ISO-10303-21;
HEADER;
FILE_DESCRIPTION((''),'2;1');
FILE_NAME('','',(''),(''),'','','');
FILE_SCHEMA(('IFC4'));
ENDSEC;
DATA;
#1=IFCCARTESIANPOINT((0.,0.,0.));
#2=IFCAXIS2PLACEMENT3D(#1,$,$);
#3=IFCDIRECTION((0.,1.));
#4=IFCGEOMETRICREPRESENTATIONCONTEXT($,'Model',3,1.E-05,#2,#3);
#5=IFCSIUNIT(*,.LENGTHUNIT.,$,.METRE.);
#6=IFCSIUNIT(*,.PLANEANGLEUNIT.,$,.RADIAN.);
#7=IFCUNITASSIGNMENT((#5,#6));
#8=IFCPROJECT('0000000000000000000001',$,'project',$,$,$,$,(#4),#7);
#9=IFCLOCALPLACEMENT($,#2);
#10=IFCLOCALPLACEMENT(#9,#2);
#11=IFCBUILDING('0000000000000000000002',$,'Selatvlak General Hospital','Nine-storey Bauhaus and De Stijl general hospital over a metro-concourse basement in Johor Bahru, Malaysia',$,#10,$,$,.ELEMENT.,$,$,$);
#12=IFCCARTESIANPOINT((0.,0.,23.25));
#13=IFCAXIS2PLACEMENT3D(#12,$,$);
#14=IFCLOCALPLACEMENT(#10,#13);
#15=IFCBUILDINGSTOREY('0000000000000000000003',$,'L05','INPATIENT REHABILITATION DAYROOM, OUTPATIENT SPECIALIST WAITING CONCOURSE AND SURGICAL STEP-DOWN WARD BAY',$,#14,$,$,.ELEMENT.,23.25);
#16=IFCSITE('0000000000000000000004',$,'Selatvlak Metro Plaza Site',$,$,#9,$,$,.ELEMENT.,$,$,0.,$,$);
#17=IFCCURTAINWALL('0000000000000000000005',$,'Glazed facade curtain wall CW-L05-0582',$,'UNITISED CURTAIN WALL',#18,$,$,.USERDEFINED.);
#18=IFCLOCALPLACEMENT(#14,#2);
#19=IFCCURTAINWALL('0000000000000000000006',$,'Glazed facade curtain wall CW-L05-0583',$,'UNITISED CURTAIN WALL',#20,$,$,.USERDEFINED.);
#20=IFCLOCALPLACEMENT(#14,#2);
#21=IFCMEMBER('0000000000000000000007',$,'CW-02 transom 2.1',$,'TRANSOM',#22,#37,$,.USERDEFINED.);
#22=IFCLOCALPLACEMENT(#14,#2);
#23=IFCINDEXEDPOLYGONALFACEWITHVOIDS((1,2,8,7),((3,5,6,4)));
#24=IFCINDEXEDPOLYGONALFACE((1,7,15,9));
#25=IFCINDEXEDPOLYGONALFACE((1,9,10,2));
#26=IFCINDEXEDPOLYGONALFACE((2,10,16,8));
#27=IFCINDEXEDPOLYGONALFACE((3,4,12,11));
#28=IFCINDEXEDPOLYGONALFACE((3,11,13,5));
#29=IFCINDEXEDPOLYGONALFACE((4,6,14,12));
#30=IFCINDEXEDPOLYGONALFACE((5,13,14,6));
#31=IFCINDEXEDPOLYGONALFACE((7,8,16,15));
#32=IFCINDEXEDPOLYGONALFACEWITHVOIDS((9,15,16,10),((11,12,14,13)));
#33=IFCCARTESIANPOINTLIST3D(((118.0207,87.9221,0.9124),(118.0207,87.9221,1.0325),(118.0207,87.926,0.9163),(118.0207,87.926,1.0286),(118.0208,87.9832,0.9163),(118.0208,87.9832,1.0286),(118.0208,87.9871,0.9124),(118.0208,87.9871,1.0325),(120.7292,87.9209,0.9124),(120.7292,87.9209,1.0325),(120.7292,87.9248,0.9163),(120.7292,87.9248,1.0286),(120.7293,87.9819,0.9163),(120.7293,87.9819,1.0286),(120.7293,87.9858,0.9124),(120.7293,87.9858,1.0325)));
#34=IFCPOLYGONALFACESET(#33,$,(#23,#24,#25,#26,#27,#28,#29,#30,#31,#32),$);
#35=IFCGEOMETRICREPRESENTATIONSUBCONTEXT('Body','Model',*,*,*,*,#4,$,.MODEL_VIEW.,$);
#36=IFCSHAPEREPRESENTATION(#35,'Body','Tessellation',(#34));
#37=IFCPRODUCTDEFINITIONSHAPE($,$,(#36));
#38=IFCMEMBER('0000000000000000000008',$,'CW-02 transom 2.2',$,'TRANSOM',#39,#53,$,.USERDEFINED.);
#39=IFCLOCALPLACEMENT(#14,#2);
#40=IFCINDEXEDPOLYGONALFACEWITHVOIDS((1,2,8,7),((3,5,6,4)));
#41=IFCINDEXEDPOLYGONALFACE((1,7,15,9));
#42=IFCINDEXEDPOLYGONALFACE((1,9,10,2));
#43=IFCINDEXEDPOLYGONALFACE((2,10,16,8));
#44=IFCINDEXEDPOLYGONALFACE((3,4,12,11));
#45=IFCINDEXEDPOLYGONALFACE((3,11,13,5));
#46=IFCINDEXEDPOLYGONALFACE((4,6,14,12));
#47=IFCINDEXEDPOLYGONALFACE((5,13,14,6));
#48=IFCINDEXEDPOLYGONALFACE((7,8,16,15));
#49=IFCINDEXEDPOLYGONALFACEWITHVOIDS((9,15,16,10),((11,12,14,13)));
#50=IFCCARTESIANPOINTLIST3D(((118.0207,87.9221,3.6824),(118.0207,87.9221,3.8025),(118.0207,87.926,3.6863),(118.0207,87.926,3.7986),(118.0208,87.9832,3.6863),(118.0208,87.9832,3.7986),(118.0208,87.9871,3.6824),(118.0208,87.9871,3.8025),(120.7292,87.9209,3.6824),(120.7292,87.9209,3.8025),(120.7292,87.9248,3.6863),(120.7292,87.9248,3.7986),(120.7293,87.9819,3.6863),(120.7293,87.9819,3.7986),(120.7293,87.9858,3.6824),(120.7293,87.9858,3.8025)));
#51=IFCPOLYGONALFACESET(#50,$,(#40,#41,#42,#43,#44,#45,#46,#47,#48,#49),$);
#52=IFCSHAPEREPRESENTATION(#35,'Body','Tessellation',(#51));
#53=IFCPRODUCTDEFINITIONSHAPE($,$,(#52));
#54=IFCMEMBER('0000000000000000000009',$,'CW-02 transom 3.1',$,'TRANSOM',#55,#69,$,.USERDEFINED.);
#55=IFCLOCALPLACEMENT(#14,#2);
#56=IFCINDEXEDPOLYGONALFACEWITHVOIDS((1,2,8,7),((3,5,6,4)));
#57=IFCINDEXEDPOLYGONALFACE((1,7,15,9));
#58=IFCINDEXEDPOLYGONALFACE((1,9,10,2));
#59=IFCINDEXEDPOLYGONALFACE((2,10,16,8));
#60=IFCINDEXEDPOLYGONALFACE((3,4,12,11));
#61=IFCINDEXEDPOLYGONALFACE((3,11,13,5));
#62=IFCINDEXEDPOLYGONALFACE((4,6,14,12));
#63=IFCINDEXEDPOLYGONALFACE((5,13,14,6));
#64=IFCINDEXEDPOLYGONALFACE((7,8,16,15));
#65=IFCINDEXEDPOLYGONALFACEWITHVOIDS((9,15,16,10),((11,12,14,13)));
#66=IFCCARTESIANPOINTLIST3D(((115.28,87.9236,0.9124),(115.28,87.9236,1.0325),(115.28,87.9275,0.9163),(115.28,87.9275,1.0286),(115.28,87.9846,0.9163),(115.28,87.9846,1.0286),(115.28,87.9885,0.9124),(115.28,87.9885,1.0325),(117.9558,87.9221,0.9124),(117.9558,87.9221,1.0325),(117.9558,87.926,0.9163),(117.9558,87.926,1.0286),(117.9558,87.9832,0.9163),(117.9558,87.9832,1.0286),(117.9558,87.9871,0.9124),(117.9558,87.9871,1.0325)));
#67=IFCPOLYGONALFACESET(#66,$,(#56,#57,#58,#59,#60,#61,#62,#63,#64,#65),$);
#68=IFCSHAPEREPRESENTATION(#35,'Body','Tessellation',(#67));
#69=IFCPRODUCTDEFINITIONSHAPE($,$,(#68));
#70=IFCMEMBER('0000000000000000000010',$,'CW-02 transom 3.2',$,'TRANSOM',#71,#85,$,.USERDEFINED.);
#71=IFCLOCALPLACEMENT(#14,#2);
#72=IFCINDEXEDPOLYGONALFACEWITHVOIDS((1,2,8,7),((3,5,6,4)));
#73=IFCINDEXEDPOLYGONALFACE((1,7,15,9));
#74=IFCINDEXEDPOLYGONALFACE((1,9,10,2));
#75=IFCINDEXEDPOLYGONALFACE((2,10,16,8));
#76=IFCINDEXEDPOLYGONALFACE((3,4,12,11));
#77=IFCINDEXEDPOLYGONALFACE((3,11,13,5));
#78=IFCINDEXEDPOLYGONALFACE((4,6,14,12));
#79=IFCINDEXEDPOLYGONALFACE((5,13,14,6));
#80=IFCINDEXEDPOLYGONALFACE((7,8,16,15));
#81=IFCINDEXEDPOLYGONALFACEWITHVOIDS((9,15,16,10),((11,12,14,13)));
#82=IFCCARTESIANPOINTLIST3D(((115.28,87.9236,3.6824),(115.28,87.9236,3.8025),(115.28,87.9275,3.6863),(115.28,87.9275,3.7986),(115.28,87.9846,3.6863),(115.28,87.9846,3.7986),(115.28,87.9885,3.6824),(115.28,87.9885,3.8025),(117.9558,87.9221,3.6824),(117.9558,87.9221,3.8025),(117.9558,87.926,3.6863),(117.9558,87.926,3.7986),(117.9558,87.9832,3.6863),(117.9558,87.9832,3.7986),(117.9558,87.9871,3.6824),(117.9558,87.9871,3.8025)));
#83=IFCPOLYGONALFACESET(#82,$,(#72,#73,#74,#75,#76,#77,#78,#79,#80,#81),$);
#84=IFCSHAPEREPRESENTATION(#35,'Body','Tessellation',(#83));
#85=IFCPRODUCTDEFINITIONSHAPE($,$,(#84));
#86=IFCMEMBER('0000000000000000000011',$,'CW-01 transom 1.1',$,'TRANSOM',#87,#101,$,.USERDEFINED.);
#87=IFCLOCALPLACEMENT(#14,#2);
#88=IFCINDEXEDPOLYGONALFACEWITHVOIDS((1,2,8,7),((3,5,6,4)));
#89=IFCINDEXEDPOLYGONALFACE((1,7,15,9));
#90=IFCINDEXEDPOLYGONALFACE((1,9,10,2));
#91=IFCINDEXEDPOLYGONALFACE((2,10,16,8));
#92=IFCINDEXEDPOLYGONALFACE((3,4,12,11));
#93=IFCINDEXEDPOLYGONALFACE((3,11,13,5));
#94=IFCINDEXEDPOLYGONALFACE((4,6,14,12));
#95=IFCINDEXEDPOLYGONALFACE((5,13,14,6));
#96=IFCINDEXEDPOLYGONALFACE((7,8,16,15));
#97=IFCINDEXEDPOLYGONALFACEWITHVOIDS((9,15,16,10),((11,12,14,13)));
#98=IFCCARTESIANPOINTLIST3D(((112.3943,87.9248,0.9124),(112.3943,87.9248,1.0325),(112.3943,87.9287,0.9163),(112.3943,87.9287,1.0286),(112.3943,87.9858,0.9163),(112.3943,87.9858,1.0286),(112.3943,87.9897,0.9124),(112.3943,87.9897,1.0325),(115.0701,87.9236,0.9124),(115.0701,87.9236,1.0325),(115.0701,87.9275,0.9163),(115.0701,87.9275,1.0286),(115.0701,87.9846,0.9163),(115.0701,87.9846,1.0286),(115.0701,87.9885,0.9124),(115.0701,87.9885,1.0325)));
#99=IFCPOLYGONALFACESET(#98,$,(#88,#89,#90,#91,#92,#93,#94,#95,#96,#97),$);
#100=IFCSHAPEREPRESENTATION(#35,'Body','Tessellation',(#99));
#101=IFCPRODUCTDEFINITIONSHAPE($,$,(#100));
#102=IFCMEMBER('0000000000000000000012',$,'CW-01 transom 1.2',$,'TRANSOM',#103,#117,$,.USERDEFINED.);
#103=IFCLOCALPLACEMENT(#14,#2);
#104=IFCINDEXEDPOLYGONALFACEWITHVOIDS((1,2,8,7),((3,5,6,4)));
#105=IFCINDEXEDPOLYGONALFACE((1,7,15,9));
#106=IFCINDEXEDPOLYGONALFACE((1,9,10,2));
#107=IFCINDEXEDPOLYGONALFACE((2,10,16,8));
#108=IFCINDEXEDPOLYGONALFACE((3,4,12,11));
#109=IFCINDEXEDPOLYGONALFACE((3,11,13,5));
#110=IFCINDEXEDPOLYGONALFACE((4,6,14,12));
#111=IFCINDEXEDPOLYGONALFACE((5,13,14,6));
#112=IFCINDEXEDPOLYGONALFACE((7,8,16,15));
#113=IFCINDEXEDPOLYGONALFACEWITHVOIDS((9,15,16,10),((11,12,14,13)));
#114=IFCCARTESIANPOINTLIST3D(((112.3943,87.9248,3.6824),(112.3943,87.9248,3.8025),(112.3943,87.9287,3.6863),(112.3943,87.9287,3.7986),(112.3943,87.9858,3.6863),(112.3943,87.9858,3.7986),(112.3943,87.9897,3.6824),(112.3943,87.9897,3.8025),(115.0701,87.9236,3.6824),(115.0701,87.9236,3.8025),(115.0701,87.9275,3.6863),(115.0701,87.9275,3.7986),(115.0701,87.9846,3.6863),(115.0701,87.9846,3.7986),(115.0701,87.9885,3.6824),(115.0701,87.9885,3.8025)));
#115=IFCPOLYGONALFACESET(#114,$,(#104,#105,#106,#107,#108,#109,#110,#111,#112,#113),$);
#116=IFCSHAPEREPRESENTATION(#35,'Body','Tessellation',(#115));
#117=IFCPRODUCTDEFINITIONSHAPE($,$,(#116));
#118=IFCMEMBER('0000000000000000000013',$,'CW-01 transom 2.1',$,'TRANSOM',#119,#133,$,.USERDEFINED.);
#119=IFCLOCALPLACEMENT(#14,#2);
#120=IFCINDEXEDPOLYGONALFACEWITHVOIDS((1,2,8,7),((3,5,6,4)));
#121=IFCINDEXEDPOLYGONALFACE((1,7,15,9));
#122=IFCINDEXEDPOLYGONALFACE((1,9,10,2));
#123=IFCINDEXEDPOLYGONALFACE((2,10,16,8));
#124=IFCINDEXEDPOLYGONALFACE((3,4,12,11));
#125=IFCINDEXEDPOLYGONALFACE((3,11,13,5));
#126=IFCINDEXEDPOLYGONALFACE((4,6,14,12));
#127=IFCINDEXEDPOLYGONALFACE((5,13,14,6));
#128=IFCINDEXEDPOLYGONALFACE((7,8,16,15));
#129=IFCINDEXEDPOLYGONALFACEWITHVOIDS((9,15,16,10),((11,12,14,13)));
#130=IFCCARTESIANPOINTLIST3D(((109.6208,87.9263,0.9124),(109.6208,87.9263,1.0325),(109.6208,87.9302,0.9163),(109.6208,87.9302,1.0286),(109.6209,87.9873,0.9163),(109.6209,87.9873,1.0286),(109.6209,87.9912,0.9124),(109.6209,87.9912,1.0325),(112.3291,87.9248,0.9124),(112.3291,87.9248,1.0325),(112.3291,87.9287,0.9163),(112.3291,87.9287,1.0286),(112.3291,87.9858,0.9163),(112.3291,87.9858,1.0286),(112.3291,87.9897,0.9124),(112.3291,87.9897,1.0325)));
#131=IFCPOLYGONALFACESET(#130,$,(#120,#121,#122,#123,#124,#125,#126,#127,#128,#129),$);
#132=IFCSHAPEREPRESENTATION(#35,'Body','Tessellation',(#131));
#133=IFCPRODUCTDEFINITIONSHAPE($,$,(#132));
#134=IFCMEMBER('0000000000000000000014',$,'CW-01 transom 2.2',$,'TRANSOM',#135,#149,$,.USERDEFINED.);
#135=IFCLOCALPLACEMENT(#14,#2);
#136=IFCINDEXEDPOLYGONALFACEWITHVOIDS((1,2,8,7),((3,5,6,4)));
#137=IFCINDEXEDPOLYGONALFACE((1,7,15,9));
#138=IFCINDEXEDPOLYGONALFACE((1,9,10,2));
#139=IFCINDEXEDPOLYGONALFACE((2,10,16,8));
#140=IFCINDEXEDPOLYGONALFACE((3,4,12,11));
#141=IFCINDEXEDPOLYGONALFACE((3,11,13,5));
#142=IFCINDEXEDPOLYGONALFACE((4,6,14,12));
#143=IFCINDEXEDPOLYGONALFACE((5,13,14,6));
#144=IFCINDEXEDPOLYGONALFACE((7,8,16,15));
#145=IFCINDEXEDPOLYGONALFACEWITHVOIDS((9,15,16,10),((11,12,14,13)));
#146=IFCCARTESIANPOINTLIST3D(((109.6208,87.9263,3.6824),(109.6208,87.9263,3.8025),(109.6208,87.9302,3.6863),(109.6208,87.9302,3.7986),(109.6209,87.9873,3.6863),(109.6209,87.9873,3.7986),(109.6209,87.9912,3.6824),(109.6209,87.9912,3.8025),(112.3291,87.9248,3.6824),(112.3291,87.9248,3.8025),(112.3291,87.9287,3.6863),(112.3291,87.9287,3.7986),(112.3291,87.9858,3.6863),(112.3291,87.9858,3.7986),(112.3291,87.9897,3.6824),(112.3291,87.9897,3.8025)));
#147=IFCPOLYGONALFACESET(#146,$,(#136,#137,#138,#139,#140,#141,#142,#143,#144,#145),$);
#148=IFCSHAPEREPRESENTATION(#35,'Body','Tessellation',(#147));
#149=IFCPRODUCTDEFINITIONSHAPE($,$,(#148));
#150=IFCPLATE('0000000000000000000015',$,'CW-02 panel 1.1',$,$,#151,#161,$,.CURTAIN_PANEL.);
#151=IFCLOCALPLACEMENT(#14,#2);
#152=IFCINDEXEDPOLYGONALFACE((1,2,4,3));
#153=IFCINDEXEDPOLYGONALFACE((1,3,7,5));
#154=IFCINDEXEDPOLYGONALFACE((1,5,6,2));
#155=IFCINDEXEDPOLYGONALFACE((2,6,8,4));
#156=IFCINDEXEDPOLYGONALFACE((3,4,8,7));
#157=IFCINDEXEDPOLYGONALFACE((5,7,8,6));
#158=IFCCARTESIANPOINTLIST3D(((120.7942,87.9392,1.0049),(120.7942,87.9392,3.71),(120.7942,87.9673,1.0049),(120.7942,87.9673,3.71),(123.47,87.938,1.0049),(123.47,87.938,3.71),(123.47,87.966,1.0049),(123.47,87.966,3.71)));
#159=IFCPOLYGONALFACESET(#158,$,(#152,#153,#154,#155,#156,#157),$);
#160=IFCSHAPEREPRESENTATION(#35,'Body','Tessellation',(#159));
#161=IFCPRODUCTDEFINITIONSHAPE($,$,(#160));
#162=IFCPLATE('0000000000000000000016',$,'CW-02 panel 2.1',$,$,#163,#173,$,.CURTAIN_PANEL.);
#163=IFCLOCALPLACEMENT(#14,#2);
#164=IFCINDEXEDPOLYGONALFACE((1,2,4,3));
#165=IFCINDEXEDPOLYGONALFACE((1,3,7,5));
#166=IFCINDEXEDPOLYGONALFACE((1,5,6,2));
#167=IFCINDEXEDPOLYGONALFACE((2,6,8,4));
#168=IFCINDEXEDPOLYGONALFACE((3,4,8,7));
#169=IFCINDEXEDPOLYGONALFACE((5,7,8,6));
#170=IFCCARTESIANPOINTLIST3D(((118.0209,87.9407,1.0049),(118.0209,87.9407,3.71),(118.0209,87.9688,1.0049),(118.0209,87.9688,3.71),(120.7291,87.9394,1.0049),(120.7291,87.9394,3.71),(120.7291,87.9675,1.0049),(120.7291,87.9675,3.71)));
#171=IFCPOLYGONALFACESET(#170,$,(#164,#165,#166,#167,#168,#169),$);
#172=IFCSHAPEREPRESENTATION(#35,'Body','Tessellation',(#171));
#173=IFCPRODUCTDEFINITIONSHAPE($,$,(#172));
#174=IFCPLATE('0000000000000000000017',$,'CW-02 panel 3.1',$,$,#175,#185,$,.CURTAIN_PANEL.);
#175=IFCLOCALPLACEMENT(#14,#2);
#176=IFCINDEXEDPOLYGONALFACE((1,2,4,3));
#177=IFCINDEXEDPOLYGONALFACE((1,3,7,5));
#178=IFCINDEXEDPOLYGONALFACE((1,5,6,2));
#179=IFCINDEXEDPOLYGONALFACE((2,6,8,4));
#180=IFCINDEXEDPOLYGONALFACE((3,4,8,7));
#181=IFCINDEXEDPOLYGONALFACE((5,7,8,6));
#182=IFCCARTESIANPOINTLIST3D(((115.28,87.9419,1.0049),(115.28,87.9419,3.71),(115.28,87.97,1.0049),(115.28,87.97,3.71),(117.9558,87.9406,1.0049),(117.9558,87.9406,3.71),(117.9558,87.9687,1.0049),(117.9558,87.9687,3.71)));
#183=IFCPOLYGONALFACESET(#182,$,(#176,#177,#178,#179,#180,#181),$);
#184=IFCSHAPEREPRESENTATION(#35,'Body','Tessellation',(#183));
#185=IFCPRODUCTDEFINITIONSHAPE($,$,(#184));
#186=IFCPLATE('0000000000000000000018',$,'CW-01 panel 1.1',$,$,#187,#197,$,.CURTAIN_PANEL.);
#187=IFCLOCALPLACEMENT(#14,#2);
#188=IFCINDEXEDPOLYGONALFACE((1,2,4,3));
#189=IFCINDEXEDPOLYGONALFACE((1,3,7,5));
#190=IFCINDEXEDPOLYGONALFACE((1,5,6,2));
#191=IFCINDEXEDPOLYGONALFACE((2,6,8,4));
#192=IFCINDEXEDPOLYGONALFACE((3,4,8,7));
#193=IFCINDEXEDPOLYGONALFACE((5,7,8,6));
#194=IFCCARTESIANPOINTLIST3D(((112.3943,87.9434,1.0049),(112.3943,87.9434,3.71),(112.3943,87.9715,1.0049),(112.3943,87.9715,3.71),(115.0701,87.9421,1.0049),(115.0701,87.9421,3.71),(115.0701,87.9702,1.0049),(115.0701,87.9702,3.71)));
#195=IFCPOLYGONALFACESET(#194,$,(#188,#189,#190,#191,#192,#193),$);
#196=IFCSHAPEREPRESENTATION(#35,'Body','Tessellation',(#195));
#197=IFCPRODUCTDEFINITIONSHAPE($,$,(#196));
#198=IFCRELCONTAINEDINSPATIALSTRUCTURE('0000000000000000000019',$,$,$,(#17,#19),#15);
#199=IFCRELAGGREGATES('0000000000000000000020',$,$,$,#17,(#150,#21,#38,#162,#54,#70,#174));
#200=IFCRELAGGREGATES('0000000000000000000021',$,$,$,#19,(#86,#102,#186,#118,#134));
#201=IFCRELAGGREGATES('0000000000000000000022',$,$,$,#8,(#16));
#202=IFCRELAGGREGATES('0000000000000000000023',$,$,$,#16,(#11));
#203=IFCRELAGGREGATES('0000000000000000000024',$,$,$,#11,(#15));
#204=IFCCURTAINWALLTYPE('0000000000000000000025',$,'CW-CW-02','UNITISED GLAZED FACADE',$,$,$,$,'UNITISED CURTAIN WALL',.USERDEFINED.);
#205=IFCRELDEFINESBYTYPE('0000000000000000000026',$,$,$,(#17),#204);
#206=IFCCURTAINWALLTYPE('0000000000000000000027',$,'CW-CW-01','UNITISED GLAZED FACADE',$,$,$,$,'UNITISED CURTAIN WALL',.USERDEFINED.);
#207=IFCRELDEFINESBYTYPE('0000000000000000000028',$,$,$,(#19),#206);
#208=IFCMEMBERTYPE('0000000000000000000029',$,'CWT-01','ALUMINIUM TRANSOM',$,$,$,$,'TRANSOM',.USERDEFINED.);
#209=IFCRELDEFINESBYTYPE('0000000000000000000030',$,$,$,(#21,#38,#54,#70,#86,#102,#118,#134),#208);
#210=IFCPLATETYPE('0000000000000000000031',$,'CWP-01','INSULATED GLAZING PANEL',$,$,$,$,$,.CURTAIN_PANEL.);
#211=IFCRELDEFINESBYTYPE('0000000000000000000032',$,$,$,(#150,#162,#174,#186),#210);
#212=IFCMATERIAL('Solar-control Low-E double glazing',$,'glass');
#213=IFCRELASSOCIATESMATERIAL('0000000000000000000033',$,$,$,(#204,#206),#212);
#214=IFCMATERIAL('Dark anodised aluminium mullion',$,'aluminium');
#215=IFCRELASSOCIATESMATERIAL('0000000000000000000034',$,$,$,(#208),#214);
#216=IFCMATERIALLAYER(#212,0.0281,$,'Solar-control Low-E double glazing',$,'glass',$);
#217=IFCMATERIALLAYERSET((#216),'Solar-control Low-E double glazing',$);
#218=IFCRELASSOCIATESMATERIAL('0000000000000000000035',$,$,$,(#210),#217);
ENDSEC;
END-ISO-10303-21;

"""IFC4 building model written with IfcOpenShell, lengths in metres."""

from ifc_helpers import new_model, si_unit, direction, frame, origin, origin_2d, place, context, subcontext, project, spatial, rectangle, hollow_rectangle, extrude, material, layer, layer_set, material_profile, profile_set, type_object, element, aggregate, save


model = new_model("IFC4")

# Units and contexts
model_context = context("Model", 3, precision=1e-05, world=origin(), true_north=direction((0.0, 1.0)))
body_context = subcontext(model_context, "Body", "Model", "MODEL_VIEW")
ifc_project = project(units=[si_unit("LENGTHUNIT", "METRE"), si_unit("PLANEANGLEUNIT", "RADIAN")], contexts=[model_context])

# Site, building, storey
site_placement = place(None, origin())
site = spatial("IfcSite", under=ifc_project, at=site_placement, Name="Selatvlak Metro Plaza Site", CompositionType="ELEMENT", RefElevation=0.0)
building_placement = place(site_placement, origin())
building = spatial("IfcBuilding", under=site, at=building_placement, Name="Selatvlak General Hospital", Description="Nine-storey Bauhaus and De Stijl general hospital over a metro-concourse basement in Johor Bahru, Malaysia", CompositionType="ELEMENT")
storey_placement = place(building_placement, frame((0.0, 0.0, 23.25)))
storey = spatial("IfcBuildingStorey", under=building, at=storey_placement, Name="L05", Description="INPATIENT REHABILITATION DAYROOM, OUTPATIENT SPECIALIST WAITING CONCOURSE AND SURGICAL STEP-DOWN WARD BAY", CompositionType="ELEMENT", Elevation=23.25)

# Curtain walls
ifc_material_1 = material(Name="Solar-control Low-E double glazing", Category="glass")
curtain_wall_type_1 = type_object("IfcCurtainWallType", Name="CW-CW-02", Description="UNITISED GLAZED FACADE", ElementType="UNITISED CURTAIN WALL", PredefinedType="USERDEFINED", material=ifc_material_1)
curtain_wall_1_placement = place(storey_placement, origin())
curtain_wall_1 = element("IfcCurtainWall", 1, at=curtain_wall_1_placement, inside=storey, type_object=curtain_wall_type_1, Name="Glazed facade curtain wall CW-L05-0582", ObjectType="UNITISED CURTAIN WALL", PredefinedType="USERDEFINED")
ifc_material_2 = material(Name="Dark anodised aluminium mullion", Category="aluminium")
curtain_wall_type_2 = type_object("IfcCurtainWallType", Name="CW-CW-01", Description="UNITISED GLAZED FACADE", ElementType="UNITISED CURTAIN WALL", PredefinedType="USERDEFINED", material=ifc_material_1)
curtain_wall_2_placement = place(storey_placement, origin())
curtain_wall_2 = element("IfcCurtainWall", 2, at=curtain_wall_2_placement, inside=storey, type_object=curtain_wall_type_2, Name="Glazed facade curtain wall CW-L05-0583", ObjectType="UNITISED CURTAIN WALL", PredefinedType="USERDEFINED")

# Members
ifc_material_profile_1 = material_profile(ifc_material_2, hollow_rectangle(XDim=0.0649, YDim=0.1201, WallThickness=0.0039, at=origin_2d()), Name="AL-TRN 65x120x4")
ifc_profile_set_1 = profile_set([ifc_material_profile_1], Name="Dark anodised aluminium mullion")
member_type_1 = type_object("IfcMemberType", Name="CWT-01", Description="ALUMINIUM TRANSOM", ElementType="TRANSOM", PredefinedType="USERDEFINED", material=ifc_profile_set_1)
member_1_placement = place(storey_placement, frame((120.7292, 87.9534, 0.9724), z_axis=(-1.0, 0.000451, 0.0), x_axis=(-0.000451, -1.0, 0.0)))
member_1 = element("IfcMember", 3, at=member_1_placement, type_object=member_type_1, Name="CW-02 transom 2.1", ObjectType="TRANSOM", PredefinedType="USERDEFINED", context=body_context, shape_type="SweptSolid", body=[
    extrude(hollow_rectangle(XDim=0.0649, YDim=0.1201, WallThickness=0.0039, at=origin_2d()), origin(), (0.0, 0.0, 1.0), 2.7085),
])
member_2_placement = place(storey_placement, frame((120.7292, 87.9534, 3.7424), z_axis=(-1.0, 0.000451, 0.0), x_axis=(-0.000451, -1.0, 0.0)))
member_2 = element("IfcMember", 4, at=member_2_placement, type_object=member_type_1, Name="CW-02 transom 2.2", ObjectType="TRANSOM", PredefinedType="USERDEFINED", context=body_context, shape_type="SweptSolid", body=[
    extrude(hollow_rectangle(XDim=0.0649, YDim=0.1201, WallThickness=0.0039, at=origin_2d()), origin(), (0.0, 0.0, 1.0), 2.7085),
])
member_3_placement = place(storey_placement, frame((117.9558, 87.9546, 0.9724), z_axis=(-1.0, 0.000547, 0.0), x_axis=(-0.000547, -1.0, 0.0)))
member_3 = element("IfcMember", 5, at=member_3_placement, type_object=member_type_1, Name="CW-02 transom 3.1", ObjectType="TRANSOM", PredefinedType="USERDEFINED", context=body_context, shape_type="SweptSolid", body=[
    extrude(hollow_rectangle(XDim=0.0649, YDim=0.1201, WallThickness=0.0039, at=origin_2d()), origin(), (0.0, 0.0, 1.0), 2.6758),
])
member_4_placement = place(storey_placement, frame((117.9558, 87.9546, 3.7424), z_axis=(-1.0, 0.000547, 0.0), x_axis=(-0.000547, -1.0, 0.0)))
member_4 = element("IfcMember", 6, at=member_4_placement, type_object=member_type_1, Name="CW-02 transom 3.2", ObjectType="TRANSOM", PredefinedType="USERDEFINED", context=body_context, shape_type="SweptSolid", body=[
    extrude(hollow_rectangle(XDim=0.0649, YDim=0.1201, WallThickness=0.0039, at=origin_2d()), origin(), (0.0, 0.0, 1.0), 2.6758),
])
member_5_placement = place(storey_placement, frame((115.0701, 87.9561, 0.9724), z_axis=(-1.0, 0.000456, 0.0), x_axis=(-0.000456, -1.0, 0.0)))
member_5 = element("IfcMember", 7, at=member_5_placement, type_object=member_type_1, Name="CW-01 transom 1.1", ObjectType="TRANSOM", PredefinedType="USERDEFINED", context=body_context, shape_type="SweptSolid", body=[
    extrude(hollow_rectangle(XDim=0.0649, YDim=0.1201, WallThickness=0.0039, at=origin_2d()), origin(), (0.0, 0.0, 1.0), 2.6758),
])
member_6_placement = place(storey_placement, frame((115.0701, 87.9561, 3.7424), z_axis=(-1.0, 0.000456, 0.0), x_axis=(-0.000456, -1.0, 0.0)))
member_6 = element("IfcMember", 8, at=member_6_placement, type_object=member_type_1, Name="CW-01 transom 1.2", ObjectType="TRANSOM", PredefinedType="USERDEFINED", context=body_context, shape_type="SweptSolid", body=[
    extrude(hollow_rectangle(XDim=0.0649, YDim=0.1201, WallThickness=0.0039, at=origin_2d()), origin(), (0.0, 0.0, 1.0), 2.6758),
])
member_7_placement = place(storey_placement, frame((112.3291, 87.9573, 0.9724), z_axis=(-1.0, 0.000541, 0.0), x_axis=(-0.000541, -1.0, 0.0)))
member_7 = element("IfcMember", 9, at=member_7_placement, type_object=member_type_1, Name="CW-01 transom 2.1", ObjectType="TRANSOM", PredefinedType="USERDEFINED", context=body_context, shape_type="SweptSolid", body=[
    extrude(hollow_rectangle(XDim=0.0649, YDim=0.1201, WallThickness=0.0039, at=origin_2d()), origin(), (0.0, 0.0, 1.0), 2.7083),
])
member_8_placement = place(storey_placement, frame((112.3291, 87.9573, 3.7424), z_axis=(-1.0, 0.000541, 0.0), x_axis=(-0.000541, -1.0, 0.0)))
member_8 = element("IfcMember", 10, at=member_8_placement, type_object=member_type_1, Name="CW-01 transom 2.2", ObjectType="TRANSOM", PredefinedType="USERDEFINED", context=body_context, shape_type="SweptSolid", body=[
    extrude(hollow_rectangle(XDim=0.0649, YDim=0.1201, WallThickness=0.0039, at=origin_2d()), origin(), (0.0, 0.0, 1.0), 2.7083),
])

# Plates
ifc_layer_1 = layer(ifc_material_1, 0.0281, Name="Solar-control Low-E double glazing", Category="glass")
ifc_layer_set_1 = layer_set([ifc_layer_1], Name="Solar-control Low-E double glazing")
plate_type = type_object("IfcPlateType", Name="CWP-01", Description="INSULATED GLAZING PANEL", PredefinedType="CURTAIN_PANEL", material=ifc_layer_set_1)
plate_1_placement = place(storey_placement, frame((122.1321, 87.9526, 1.0049), z_axis=(0.0, 0.0, 1.0), x_axis=(-1.0, 0.000481, 0.0)))
plate_1 = element("IfcPlate", 11, at=plate_1_placement, type_object=plate_type, Name="CW-02 panel 1.1", PredefinedType="CURTAIN_PANEL", context=body_context, shape_type="SweptSolid", body=[
    extrude(rectangle(XDim=2.6758, YDim=0.0281, at=origin_2d()), origin(), (0.0, 0.0, 1.0), 2.7051),
])
plate_2_placement = place(storey_placement, frame((119.375, 87.9541, 1.0049), z_axis=(0.0, 0.0, 1.0), x_axis=(-1.0, 0.000481, 0.0)))
plate_2 = element("IfcPlate", 12, at=plate_2_placement, type_object=plate_type, Name="CW-02 panel 2.1", PredefinedType="CURTAIN_PANEL", context=body_context, shape_type="SweptSolid", body=[
    extrude(rectangle(XDim=2.7083, YDim=0.0281, at=origin_2d()), origin(), (0.0, 0.0, 1.0), 2.7051),
])
plate_3_placement = place(storey_placement, frame((116.6179, 87.9553, 1.0049), z_axis=(0.0, 0.0, 1.0), x_axis=(-1.0, 0.000481, 0.0)))
plate_3 = element("IfcPlate", 13, at=plate_3_placement, type_object=plate_type, Name="CW-02 panel 3.1", PredefinedType="CURTAIN_PANEL", context=body_context, shape_type="SweptSolid", body=[
    extrude(rectangle(XDim=2.6758, YDim=0.0281, at=origin_2d()), origin(), (0.0, 0.0, 1.0), 2.7051),
])
aggregate(curtain_wall_1, [plate_1, member_1, member_2, plate_2, member_3, member_4, plate_3])
plate_4_placement = place(storey_placement, frame((113.7322, 87.9568, 1.0049), z_axis=(0.0, 0.0, 1.0), x_axis=(-1.0, 0.000481, 0.0)))
plate_4 = element("IfcPlate", 14, at=plate_4_placement, type_object=plate_type, Name="CW-01 panel 1.1", PredefinedType="CURTAIN_PANEL", context=body_context, shape_type="SweptSolid", body=[
    extrude(rectangle(XDim=2.6758, YDim=0.0281, at=origin_2d()), origin(), (0.0, 0.0, 1.0), 2.7051),
])
aggregate(curtain_wall_2, [member_5, member_6, plate_4, member_7, member_8])

save(model, "model.ifc")
